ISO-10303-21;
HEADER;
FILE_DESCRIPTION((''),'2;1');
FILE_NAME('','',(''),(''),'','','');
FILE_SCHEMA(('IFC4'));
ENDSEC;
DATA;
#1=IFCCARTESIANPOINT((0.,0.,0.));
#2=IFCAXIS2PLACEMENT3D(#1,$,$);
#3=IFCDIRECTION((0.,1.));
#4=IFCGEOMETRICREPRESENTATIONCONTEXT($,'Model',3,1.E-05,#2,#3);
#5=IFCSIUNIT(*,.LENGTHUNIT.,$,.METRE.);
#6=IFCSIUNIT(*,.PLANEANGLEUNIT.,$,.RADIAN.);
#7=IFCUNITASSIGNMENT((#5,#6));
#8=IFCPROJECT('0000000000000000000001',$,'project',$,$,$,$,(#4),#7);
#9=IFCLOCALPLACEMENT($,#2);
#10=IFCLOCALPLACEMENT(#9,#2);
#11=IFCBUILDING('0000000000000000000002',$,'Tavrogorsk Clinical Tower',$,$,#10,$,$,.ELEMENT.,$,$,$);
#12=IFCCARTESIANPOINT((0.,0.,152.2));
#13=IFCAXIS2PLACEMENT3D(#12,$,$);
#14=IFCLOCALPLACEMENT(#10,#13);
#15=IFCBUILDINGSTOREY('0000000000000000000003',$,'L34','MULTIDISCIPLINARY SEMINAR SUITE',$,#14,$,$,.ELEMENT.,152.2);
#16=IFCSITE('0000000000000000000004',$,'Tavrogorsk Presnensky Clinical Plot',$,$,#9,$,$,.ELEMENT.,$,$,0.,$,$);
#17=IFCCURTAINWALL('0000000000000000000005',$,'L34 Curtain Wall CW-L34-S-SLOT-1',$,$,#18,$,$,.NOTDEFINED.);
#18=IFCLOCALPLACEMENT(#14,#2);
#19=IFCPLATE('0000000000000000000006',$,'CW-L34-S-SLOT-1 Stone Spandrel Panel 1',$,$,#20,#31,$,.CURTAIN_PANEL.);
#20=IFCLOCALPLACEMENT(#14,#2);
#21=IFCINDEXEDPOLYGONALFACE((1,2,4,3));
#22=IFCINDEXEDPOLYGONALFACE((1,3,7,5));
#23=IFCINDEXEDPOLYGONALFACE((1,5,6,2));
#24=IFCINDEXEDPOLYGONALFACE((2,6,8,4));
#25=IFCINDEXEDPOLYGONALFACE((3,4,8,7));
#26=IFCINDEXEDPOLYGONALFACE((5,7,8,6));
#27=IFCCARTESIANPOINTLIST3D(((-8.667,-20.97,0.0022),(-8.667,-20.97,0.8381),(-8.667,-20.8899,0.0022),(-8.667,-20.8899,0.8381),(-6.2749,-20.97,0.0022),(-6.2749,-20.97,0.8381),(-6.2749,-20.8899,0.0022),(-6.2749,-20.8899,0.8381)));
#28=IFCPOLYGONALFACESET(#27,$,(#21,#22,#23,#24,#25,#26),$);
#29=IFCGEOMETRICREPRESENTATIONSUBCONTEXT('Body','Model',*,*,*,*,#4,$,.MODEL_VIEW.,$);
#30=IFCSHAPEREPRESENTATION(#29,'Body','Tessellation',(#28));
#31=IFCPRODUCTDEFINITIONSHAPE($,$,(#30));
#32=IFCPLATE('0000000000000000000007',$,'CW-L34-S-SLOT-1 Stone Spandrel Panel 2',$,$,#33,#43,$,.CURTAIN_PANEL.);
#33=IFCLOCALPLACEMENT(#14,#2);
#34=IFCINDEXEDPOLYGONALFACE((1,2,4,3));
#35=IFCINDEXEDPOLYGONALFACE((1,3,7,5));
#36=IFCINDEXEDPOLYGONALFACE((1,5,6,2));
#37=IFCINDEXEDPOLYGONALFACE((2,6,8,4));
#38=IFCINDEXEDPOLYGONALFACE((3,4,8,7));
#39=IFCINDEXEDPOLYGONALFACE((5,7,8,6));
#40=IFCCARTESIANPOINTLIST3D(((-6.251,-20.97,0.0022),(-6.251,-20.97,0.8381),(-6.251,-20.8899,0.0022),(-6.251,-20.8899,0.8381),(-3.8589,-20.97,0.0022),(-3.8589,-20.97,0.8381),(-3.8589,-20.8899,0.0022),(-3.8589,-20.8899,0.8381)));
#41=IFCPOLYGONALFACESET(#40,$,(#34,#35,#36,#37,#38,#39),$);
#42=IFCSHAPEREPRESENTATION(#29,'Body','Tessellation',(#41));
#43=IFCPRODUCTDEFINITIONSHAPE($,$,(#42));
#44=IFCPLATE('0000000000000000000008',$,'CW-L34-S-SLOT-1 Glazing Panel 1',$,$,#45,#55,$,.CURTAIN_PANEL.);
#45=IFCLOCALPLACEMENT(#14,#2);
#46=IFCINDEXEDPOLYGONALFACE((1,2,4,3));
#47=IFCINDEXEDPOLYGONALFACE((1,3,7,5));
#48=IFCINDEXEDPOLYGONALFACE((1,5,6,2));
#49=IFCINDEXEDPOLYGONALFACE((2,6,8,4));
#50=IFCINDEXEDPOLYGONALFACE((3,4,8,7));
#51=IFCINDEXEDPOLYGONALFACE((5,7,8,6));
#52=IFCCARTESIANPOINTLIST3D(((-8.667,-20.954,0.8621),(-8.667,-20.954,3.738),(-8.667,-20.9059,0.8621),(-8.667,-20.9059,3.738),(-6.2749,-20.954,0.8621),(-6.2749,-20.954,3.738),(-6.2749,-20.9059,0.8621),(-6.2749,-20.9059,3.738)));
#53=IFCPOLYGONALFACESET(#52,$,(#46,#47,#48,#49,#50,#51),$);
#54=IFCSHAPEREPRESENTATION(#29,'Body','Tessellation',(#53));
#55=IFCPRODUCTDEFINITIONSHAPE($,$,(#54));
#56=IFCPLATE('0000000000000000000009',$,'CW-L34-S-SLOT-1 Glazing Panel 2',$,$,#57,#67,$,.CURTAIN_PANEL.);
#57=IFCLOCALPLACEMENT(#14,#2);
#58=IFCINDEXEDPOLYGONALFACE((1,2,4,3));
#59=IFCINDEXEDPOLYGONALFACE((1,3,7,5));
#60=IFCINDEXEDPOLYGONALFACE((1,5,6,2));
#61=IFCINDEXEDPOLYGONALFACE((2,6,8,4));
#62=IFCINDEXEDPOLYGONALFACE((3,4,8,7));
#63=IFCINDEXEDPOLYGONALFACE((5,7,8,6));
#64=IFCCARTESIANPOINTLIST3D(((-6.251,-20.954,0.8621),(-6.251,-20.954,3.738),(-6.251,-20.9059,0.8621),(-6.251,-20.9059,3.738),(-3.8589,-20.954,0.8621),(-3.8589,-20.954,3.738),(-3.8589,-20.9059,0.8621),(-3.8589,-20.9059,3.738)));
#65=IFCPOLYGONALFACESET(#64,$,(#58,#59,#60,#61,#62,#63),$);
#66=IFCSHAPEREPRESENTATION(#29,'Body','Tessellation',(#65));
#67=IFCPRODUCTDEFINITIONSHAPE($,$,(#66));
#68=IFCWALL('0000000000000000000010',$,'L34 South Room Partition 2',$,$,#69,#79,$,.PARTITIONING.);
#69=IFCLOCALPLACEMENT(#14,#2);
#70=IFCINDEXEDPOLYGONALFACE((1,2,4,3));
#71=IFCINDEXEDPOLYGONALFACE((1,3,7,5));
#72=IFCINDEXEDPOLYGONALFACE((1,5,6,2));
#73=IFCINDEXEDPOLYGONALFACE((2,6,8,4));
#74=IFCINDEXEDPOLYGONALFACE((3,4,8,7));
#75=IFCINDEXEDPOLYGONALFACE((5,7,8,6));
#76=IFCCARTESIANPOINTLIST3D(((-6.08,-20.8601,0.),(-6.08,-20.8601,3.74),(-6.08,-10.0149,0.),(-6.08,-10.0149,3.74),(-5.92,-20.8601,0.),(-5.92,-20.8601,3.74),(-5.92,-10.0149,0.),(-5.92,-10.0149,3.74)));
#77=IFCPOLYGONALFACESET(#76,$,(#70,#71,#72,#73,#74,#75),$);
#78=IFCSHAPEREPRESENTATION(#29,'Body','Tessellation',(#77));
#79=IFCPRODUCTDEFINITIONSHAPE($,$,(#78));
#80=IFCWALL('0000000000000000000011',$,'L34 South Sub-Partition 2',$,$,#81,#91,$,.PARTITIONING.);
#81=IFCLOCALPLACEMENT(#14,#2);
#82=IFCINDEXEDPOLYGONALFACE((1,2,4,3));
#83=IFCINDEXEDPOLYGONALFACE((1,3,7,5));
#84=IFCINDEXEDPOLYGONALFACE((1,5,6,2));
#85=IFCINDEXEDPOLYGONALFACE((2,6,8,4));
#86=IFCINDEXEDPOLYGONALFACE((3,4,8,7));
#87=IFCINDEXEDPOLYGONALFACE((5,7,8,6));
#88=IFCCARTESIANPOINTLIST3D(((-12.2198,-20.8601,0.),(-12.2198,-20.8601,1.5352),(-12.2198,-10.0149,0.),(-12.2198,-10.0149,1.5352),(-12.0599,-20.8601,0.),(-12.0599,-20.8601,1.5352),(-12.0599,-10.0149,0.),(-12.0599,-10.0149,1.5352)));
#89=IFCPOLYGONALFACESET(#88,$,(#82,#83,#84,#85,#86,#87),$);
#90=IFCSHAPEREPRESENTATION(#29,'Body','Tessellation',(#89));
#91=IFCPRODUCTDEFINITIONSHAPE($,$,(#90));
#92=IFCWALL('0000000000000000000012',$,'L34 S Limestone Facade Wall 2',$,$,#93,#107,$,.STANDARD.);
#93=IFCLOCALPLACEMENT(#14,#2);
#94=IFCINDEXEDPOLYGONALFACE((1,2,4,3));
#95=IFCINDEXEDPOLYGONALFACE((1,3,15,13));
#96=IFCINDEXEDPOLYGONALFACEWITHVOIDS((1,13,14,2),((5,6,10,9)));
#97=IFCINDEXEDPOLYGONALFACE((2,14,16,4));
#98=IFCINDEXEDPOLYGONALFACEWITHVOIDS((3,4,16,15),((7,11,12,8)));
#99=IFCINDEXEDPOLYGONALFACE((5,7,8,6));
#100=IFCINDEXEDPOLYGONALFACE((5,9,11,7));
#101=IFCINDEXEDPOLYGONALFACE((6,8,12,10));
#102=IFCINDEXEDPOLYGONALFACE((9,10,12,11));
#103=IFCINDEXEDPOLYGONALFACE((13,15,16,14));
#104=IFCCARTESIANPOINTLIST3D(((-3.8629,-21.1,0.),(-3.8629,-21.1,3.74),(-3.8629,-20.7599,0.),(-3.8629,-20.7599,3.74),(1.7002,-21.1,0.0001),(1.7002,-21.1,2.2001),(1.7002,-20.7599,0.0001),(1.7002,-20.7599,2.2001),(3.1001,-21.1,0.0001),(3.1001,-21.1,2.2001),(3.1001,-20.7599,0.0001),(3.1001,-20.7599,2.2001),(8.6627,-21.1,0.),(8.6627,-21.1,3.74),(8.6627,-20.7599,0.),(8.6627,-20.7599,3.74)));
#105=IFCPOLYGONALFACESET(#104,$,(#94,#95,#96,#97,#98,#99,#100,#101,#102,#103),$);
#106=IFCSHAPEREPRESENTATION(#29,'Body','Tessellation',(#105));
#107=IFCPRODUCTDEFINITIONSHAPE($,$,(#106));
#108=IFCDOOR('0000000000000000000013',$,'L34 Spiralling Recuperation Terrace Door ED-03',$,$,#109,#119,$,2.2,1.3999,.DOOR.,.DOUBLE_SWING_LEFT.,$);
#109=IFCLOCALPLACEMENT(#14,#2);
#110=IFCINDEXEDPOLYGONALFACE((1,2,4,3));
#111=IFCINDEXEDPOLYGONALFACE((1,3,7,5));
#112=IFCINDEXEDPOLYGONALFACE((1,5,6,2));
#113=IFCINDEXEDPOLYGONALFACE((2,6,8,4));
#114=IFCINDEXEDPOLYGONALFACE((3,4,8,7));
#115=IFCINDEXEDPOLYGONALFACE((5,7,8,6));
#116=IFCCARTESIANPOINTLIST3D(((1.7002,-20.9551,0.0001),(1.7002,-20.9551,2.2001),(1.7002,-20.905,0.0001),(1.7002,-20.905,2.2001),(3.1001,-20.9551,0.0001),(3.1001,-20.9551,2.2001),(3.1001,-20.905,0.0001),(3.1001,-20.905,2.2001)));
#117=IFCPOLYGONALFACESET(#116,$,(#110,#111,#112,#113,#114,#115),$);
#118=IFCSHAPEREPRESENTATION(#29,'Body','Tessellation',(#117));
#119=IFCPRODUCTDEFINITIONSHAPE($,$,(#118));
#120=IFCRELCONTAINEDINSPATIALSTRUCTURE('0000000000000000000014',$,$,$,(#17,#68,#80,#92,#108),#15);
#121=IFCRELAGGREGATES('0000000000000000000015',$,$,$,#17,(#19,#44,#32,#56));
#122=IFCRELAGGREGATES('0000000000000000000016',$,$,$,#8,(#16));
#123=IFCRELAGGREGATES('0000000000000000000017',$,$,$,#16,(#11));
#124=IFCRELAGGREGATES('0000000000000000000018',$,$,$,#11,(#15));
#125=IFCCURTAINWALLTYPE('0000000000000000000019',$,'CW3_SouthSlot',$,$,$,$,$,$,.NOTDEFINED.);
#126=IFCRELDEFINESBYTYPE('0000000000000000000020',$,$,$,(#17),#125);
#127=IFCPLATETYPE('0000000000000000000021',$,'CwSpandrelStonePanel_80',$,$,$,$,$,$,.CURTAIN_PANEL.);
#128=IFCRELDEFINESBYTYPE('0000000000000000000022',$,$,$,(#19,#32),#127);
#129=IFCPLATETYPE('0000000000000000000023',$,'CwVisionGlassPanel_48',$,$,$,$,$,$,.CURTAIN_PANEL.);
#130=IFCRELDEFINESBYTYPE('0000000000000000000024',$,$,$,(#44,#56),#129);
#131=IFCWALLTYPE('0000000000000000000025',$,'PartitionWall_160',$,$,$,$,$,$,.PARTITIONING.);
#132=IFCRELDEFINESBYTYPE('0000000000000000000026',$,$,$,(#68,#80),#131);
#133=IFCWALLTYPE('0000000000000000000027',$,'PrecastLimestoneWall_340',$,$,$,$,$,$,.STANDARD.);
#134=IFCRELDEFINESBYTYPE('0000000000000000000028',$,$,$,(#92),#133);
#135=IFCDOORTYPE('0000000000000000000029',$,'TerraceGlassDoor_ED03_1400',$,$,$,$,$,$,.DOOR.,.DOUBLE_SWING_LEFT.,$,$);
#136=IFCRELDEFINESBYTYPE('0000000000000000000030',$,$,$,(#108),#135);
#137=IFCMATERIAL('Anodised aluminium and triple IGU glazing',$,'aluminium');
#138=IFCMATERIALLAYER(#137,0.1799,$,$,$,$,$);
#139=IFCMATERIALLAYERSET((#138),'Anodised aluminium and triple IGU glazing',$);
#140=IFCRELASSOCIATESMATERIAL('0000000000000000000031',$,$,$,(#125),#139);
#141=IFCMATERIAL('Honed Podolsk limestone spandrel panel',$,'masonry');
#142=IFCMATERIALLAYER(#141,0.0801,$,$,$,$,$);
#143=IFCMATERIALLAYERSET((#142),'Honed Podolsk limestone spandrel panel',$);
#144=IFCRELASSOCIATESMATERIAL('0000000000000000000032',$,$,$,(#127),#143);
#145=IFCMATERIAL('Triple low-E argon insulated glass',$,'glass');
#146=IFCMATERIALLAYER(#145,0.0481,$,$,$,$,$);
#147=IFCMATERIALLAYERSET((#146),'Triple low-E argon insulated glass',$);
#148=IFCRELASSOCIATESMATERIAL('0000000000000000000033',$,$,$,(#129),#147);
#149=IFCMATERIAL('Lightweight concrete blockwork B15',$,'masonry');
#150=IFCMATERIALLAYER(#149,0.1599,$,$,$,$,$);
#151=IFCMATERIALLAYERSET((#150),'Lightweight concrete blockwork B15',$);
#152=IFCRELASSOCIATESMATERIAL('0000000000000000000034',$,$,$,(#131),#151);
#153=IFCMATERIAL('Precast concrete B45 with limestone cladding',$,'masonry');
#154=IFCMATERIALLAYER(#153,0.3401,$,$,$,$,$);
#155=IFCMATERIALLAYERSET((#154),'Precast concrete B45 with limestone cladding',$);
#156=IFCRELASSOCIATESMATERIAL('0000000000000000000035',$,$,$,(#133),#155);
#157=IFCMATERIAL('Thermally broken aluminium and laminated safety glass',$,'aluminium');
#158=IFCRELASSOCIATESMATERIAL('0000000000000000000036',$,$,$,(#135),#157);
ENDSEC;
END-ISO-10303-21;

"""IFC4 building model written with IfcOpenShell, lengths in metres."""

from ifc_helpers import new_model, si_unit, direction, frame, frame_2d, origin, origin_2d, place, context, subcontext, project, spatial, rectangle, extrude, material, layer, layer_set, type_object, element, fill, aggregate, save


model = new_model("IFC4")

# Units and contexts
model_context = context("Model", 3, precision=1e-05, world=origin(), true_north=direction((0.0, 1.0)))
body_context = subcontext(model_context, "Body", "Model", "MODEL_VIEW")
ifc_project = project(units=[si_unit("LENGTHUNIT", "METRE"), si_unit("PLANEANGLEUNIT", "RADIAN")], contexts=[model_context])

# Site, building, storey
site_placement = place(None, origin())
site = spatial("IfcSite", under=ifc_project, at=site_placement, Name="Tavrogorsk Presnensky Clinical Plot", CompositionType="ELEMENT", RefElevation=0.0)
building_placement = place(site_placement, origin())
building = spatial("IfcBuilding", under=site, at=building_placement, Name="Tavrogorsk Clinical Tower", CompositionType="ELEMENT")
storey_placement = place(building_placement, frame((0.0, 0.0, 152.2)))
storey = spatial("IfcBuildingStorey", under=building, at=storey_placement, Name="L34", Description="MULTIDISCIPLINARY SEMINAR SUITE", CompositionType="ELEMENT", Elevation=152.2)

# Curtain wall
ifc_material_1 = material(Name="Anodised aluminium and triple IGU glazing", Category="aluminium")
ifc_layer_1 = layer(ifc_material_1, 0.1799)
ifc_layer_set_1 = layer_set([ifc_layer_1], Name="Anodised aluminium and triple IGU glazing")
curtain_wall_type = type_object("IfcCurtainWallType", Name="CW3_SouthSlot", PredefinedType="NOTDEFINED", material=ifc_layer_set_1)
curtain_wall_placement = place(storey_placement, origin())
curtain_wall = element("IfcCurtainWall", 1, at=curtain_wall_placement, inside=storey, type_object=curtain_wall_type, Name="L34 Curtain Wall CW-L34-S-SLOT-1", PredefinedType="NOTDEFINED")

# Plates
ifc_material_2 = material(Name="Honed Podolsk limestone spandrel panel", Category="masonry")
ifc_layer_2 = layer(ifc_material_2, 0.0801)
ifc_layer_set_2 = layer_set([ifc_layer_2], Name="Honed Podolsk limestone spandrel panel")
plate_type_1 = type_object("IfcPlateType", Name="CwSpandrelStonePanel_80", PredefinedType="CURTAIN_PANEL", material=ifc_layer_set_2)
plate_1_placement = place(storey_placement, frame((-7.4709, -20.9299, 0.0022), z_axis=(0.0, 0.0, 1.0), x_axis=(1.0, 0.0, 0.0)))
plate_1 = element("IfcPlate", 2, at=plate_1_placement, type_object=plate_type_1, Name="CW-L34-S-SLOT-1 Stone Spandrel Panel 1", PredefinedType="CURTAIN_PANEL", context=body_context, shape_type="SweptSolid", body=[
    extrude(rectangle(XDim=2.3921, YDim=0.0801, at=origin_2d()), origin(), (0.0, 0.0, 1.0), 0.8359),
])
plate_2_placement = place(storey_placement, frame((-5.0549, -20.9299, 0.0022), z_axis=(0.0, 0.0, 1.0), x_axis=(1.0, 0.0, 0.0)))
plate_2 = element("IfcPlate", 3, at=plate_2_placement, type_object=plate_type_1, Name="CW-L34-S-SLOT-1 Stone Spandrel Panel 2", PredefinedType="CURTAIN_PANEL", context=body_context, shape_type="SweptSolid", body=[
    extrude(rectangle(XDim=2.3921, YDim=0.0801, at=origin_2d()), origin(), (0.0, 0.0, 1.0), 0.8359),
])
ifc_material_3 = material(Name="Triple low-E argon insulated glass", Category="glass")
ifc_layer_3 = layer(ifc_material_3, 0.0481)
ifc_layer_set_3 = layer_set([ifc_layer_3], Name="Triple low-E argon insulated glass")
plate_type_2 = type_object("IfcPlateType", Name="CwVisionGlassPanel_48", PredefinedType="CURTAIN_PANEL", material=ifc_layer_set_3)
plate_3_placement = place(storey_placement, frame((-7.4709, -20.9299, 0.8621), z_axis=(0.0, 0.0, 1.0), x_axis=(1.0, 0.0, 0.0)))
plate_3 = element("IfcPlate", 4, at=plate_3_placement, type_object=plate_type_2, Name="CW-L34-S-SLOT-1 Glazing Panel 1", PredefinedType="CURTAIN_PANEL", context=body_context, shape_type="SweptSolid", body=[
    extrude(rectangle(XDim=2.3921, YDim=0.0481, at=origin_2d()), origin(), (0.0, 0.0, 1.0), 2.876),
])
plate_4_placement = place(storey_placement, frame((-5.0549, -20.9299, 0.8621), z_axis=(0.0, 0.0, 1.0), x_axis=(1.0, 0.0, 0.0)))
plate_4 = element("IfcPlate", 5, at=plate_4_placement, type_object=plate_type_2, Name="CW-L34-S-SLOT-1 Glazing Panel 2", PredefinedType="CURTAIN_PANEL", context=body_context, shape_type="SweptSolid", body=[
    extrude(rectangle(XDim=2.3921, YDim=0.0481, at=origin_2d()), origin(), (0.0, 0.0, 1.0), 2.876),
])
aggregate(curtain_wall, [plate_1, plate_3, plate_2, plate_4])

# Walls
ifc_material_4 = material(Name="Lightweight concrete blockwork B15", Category="masonry")
ifc_layer_4 = layer(ifc_material_4, 0.1599)
ifc_layer_set_4 = layer_set([ifc_layer_4], Name="Lightweight concrete blockwork B15")
wall_type_1 = type_object("IfcWallType", Name="PartitionWall_160", PredefinedType="PARTITIONING", material=ifc_layer_set_4)
wall_1_placement = place(storey_placement, frame((-6.0, -20.8601, 0.0), z_axis=(0.0, 0.0, 1.0), x_axis=(0.0, 1.0, 0.0)))
element("IfcWall", 6, at=wall_1_placement, inside=storey, type_object=wall_type_1, Name="L34 South Room Partition 2", PredefinedType="PARTITIONING", context=body_context, shape_type="SweptSolid", body=[
    extrude(rectangle(XDim=10.8452, YDim=0.1599, at=frame_2d((5.4226, 0.0))), origin(), (0.0, 0.0, 1.0), 3.74),
])
wall_2_placement = place(storey_placement, frame((-12.1399, -20.8601, 0.0), z_axis=(0.0, 0.0, 1.0), x_axis=(0.0, 1.0, 0.0)))
element("IfcWall", 7, at=wall_2_placement, inside=storey, type_object=wall_type_1, Name="L34 South Sub-Partition 2", PredefinedType="PARTITIONING", context=body_context, shape_type="SweptSolid", body=[
    extrude(rectangle(XDim=10.8452, YDim=0.1599, at=frame_2d((5.4226, 0.0))), origin(), (0.0, 0.0, 1.0), 1.5352),
])

# Wall, opening, door
ifc_material_5 = material(Name="Precast concrete B45 with limestone cladding", Category="masonry")
ifc_layer_5 = layer(ifc_material_5, 0.3401)
ifc_layer_set_5 = layer_set([ifc_layer_5], Name="Precast concrete B45 with limestone cladding")
wall_type_2 = type_object("IfcWallType", Name="PrecastLimestoneWall_340", PredefinedType="STANDARD", material=ifc_layer_set_5)
wall_3_placement = place(storey_placement, frame((-3.8628, -20.9299, 0.0), z_axis=(0.0, 0.0, 1.0), x_axis=(1.0, 0.0, 0.0)))
wall_3 = element("IfcWall", 8, at=wall_3_placement, inside=storey, type_object=wall_type_2, Name="L34 S Limestone Facade Wall 2", PredefinedType="STANDARD", context=body_context, shape_type="SweptSolid", body=[
    extrude(rectangle(XDim=12.5256, YDim=0.3401, at=frame_2d((6.2627, 0.0))), origin(), (0.0, 0.0, 1.0), 3.74),
])
opening_placement = place(wall_3_placement, frame((5.563, 0.0, 0.0)))
opening = element("IfcOpeningElement", 9, at=opening_placement, cuts=wall_3, PredefinedType="OPENING", context=body_context, shape_type="SweptSolid", body=[
    extrude(rectangle(XDim=1.3999, YDim=2.2, at=frame_2d((0.7, 1.1001))), frame((0.0, 0.1799, 0.0), z_axis=(0.0, -1.0, 0.0), x_axis=(1.0, 0.0, 0.0)), (0.0, 0.0, 1.0), 0.3601),
])
ifc_material_6 = material(Name="Thermally broken aluminium and laminated safety glass", Category="aluminium")
door_type = type_object("IfcDoorType", Name="TerraceGlassDoor_ED03_1400", OperationType="DOUBLE_SWING_LEFT", PredefinedType="DOOR", material=ifc_material_6)
door_placement = place(opening_placement, origin())
door = element("IfcDoor", 10, at=door_placement, inside=storey, type_object=door_type, Name="L34 Spiralling Recuperation Terrace Door ED-03", OperationType="DOUBLE_SWING_LEFT", OverallHeight=2.2, OverallWidth=1.3999, PredefinedType="DOOR", context=body_context, shape_type="SweptSolid", body=[
    extrude(rectangle(XDim=1.3999, YDim=2.2, at=frame_2d((0.7, 1.1001))), frame((0.0, 0.0249, 0.0), z_axis=(0.0, -1.0, 0.0), x_axis=(1.0, 0.0, 0.0)), (0.0, 0.0, 1.0), 0.05),
])
fill(opening, door)

save(model, "model.ifc")
